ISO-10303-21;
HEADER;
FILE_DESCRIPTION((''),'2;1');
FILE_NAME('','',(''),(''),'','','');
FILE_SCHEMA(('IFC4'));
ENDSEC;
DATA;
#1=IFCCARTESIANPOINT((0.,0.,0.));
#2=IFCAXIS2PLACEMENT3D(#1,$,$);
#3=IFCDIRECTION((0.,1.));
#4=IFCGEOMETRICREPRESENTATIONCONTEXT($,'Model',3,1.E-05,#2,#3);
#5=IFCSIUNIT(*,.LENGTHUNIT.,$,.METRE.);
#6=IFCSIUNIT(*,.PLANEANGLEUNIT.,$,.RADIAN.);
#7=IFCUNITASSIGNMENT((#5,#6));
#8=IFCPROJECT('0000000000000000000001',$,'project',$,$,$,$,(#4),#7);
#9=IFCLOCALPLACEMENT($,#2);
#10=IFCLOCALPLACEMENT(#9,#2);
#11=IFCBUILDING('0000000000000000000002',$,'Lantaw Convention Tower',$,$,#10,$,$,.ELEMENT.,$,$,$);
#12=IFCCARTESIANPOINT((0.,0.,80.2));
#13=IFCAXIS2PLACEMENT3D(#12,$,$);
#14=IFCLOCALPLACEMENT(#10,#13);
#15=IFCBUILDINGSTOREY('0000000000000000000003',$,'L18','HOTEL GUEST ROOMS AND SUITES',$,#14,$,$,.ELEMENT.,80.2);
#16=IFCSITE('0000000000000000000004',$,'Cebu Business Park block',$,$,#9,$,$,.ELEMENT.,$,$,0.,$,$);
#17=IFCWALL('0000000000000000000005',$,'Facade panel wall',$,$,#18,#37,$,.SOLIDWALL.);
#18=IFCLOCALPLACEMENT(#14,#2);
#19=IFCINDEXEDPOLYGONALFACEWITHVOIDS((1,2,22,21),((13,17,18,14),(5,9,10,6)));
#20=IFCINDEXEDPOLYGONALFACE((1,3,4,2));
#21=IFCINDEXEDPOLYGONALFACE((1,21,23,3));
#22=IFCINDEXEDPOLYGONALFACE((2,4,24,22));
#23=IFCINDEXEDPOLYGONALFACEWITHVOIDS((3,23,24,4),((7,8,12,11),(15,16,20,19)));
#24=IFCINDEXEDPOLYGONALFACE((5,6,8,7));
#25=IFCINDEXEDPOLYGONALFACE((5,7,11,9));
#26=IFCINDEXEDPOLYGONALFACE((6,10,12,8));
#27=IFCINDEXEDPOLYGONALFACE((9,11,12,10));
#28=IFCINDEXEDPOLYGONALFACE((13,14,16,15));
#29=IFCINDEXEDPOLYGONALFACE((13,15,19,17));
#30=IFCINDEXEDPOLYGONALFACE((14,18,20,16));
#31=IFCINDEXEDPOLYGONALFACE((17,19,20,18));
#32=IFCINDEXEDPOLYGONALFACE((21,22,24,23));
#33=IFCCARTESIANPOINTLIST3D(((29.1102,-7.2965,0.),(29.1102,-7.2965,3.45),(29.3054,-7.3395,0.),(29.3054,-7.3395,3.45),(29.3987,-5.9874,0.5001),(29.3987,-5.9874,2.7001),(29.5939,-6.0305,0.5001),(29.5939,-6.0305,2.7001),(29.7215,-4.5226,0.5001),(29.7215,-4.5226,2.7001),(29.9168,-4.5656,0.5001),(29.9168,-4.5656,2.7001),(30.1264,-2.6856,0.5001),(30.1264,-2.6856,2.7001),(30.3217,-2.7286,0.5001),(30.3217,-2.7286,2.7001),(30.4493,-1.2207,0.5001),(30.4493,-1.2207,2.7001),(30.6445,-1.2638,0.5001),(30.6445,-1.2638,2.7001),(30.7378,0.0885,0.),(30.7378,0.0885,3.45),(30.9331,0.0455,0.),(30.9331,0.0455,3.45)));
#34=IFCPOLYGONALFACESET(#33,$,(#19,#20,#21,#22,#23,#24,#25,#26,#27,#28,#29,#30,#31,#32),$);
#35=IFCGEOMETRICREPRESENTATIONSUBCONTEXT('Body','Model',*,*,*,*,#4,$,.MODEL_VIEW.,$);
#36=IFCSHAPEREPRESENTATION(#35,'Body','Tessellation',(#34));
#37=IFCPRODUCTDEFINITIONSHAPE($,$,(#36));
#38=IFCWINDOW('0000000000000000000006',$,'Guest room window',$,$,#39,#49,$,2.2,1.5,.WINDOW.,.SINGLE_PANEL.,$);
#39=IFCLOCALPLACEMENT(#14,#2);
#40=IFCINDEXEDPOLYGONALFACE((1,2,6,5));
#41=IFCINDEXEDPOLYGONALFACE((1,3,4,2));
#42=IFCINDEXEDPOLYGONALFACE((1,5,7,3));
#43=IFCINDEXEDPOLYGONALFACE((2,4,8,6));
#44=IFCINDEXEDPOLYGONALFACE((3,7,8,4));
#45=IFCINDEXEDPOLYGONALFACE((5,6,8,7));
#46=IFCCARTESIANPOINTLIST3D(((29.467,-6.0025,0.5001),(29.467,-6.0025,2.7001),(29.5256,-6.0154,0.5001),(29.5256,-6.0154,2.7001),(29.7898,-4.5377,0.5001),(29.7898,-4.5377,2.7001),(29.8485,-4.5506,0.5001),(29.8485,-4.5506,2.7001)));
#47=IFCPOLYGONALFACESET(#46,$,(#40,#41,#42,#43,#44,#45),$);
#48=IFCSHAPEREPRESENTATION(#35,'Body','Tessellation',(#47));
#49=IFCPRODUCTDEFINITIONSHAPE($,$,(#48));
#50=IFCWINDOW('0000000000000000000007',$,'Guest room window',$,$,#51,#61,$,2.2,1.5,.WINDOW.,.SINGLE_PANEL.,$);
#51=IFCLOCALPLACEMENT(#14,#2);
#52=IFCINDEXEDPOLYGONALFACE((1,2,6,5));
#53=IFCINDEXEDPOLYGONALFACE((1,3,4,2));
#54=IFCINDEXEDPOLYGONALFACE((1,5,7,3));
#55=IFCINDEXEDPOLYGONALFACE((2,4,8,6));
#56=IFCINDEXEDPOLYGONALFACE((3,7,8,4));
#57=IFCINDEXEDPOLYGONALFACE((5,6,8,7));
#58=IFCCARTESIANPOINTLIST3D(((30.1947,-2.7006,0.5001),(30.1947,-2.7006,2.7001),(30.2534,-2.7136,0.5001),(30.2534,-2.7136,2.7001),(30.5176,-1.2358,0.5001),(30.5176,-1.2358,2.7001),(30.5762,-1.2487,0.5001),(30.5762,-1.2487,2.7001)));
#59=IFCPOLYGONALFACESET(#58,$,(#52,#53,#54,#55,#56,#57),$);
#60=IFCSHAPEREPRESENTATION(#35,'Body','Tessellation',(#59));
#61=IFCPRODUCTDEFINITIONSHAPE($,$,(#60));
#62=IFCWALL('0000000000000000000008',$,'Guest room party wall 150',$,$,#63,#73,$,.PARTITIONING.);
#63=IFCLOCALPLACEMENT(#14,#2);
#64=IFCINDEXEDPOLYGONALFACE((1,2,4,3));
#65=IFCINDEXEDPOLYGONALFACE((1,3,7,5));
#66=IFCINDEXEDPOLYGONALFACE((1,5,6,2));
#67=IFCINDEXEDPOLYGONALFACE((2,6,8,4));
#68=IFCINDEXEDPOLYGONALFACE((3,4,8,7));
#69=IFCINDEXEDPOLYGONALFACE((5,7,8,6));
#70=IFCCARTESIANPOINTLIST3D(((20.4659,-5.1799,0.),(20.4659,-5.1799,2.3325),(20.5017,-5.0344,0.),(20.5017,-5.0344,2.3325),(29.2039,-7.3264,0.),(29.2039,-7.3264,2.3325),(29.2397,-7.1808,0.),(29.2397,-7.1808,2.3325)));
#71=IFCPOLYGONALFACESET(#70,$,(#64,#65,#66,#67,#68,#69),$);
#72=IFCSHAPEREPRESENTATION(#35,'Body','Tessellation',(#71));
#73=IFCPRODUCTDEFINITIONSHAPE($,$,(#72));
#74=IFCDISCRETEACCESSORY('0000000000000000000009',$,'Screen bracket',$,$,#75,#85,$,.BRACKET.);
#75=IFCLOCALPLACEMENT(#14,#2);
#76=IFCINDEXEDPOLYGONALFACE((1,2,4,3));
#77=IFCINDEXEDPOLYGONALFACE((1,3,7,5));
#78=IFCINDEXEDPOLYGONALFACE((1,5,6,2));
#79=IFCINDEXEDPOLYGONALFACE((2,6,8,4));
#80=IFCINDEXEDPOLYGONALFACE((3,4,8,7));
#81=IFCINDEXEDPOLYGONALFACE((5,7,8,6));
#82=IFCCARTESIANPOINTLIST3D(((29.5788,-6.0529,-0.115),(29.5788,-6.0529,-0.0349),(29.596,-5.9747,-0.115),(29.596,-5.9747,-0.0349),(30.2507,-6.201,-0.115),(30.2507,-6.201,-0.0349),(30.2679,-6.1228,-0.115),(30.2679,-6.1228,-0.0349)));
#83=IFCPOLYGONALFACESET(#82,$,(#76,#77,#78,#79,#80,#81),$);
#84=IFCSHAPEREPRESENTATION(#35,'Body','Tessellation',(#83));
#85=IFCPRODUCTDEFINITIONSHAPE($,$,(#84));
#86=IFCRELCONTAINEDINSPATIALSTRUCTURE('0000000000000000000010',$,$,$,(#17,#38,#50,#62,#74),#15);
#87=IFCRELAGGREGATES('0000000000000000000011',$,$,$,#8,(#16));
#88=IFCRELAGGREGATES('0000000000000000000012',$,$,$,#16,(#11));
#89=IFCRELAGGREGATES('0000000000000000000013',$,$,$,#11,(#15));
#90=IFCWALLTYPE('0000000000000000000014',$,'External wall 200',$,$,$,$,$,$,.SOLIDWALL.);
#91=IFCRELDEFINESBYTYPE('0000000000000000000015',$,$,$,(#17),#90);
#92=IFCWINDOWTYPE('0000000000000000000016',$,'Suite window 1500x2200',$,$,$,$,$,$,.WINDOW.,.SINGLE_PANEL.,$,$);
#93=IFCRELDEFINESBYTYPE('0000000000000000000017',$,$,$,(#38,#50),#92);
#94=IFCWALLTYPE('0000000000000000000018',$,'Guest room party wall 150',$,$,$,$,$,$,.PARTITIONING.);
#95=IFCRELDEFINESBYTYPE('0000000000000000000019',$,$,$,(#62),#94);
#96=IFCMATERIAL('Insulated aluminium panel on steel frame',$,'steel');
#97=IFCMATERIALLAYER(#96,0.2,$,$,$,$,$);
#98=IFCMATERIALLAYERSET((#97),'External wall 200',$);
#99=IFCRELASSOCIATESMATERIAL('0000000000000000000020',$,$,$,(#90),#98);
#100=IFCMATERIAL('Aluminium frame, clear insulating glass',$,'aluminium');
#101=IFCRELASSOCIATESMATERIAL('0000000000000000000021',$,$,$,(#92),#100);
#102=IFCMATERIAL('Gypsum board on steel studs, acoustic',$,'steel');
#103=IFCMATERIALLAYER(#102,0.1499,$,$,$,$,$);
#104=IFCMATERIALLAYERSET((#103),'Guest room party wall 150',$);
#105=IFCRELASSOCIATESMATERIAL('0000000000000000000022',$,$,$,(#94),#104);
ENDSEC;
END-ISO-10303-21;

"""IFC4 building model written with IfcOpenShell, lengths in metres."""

from ifc_helpers import new_model, si_unit, direction, frame, frame_2d, origin, origin_2d, place, context, subcontext, project, spatial, rectangle, extrude, material, layer, layer_set, type_object, element, fill, save


model = new_model("IFC4")

# Units and contexts
model_context = context("Model", 3, precision=1e-05, world=origin(), true_north=direction((0.0, 1.0)))
body_context = subcontext(model_context, "Body", "Model", "MODEL_VIEW")
ifc_project = project(units=[si_unit("LENGTHUNIT", "METRE"), si_unit("PLANEANGLEUNIT", "RADIAN")], contexts=[model_context])

# Site, building, storey
site_placement = place(None, origin())
site = spatial("IfcSite", under=ifc_project, at=site_placement, Name="Cebu Business Park block", CompositionType="ELEMENT", RefElevation=0.0)
building_placement = place(site_placement, origin())
building = spatial("IfcBuilding", under=site, at=building_placement, Name="Lantaw Convention Tower", CompositionType="ELEMENT")
storey_placement = place(building_placement, frame((0.0, 0.0, 80.2)))
storey = spatial("IfcBuildingStorey", under=building, at=storey_placement, Name="L18", Description="HOTEL GUEST ROOMS AND SUITES", CompositionType="ELEMENT", Elevation=80.2)

# Wall, openings, windows
ifc_material_1 = material(Name="Insulated aluminium panel on steel frame", Category="steel")
ifc_layer_1 = layer(ifc_material_1, 0.2)
ifc_layer_set_1 = layer_set([ifc_layer_1], Name="External wall 200")
wall_type_1 = type_object("IfcWallType", Name="External wall 200", PredefinedType="SOLIDWALL", material=ifc_layer_set_1)
ifc_material_2 = material(Name="Aluminium frame, clear insulating glass", Category="aluminium")
window_type = type_object("IfcWindowType", Name="Suite window 1500x2200", PartitioningType="SINGLE_PANEL", PredefinedType="WINDOW", material=ifc_material_2)
wall_1_placement = place(storey_placement, frame((29.2078, -7.3181, 0.0), z_axis=(0.0, 0.0, 1.0), x_axis=(0.215238, 0.976562, 0.0)))
wall_1 = element("IfcWall", 1, at=wall_1_placement, inside=storey, type_object=wall_type_1, Name="Facade panel wall", PredefinedType="SOLIDWALL", context=body_context, shape_type="SweptSolid", body=[
    extrude(rectangle(XDim=7.5623, YDim=0.2, at=frame_2d((3.7812, 0.0))), origin(), (0.0, 0.0, 1.0), 3.45),
])
opening_1_placement = place(wall_1_placement, frame((1.3406, 0.0, 0.5)))
opening_1 = element("IfcOpeningElement", 2, at=opening_1_placement, cuts=wall_1, PredefinedType="OPENING", context=body_context, shape_type="SweptSolid", body=[
    extrude(rectangle(XDim=1.5, YDim=2.2, at=frame_2d((0.75, 1.1001))), frame((0.0, 0.1099, 0.0), z_axis=(0.0, -1.0, 0.0), x_axis=(1.0, 0.0, 0.0)), (0.0, 0.0, 1.0), 0.22),
])
opening_2_placement = place(wall_1_placement, frame((4.7217, 0.0, 0.5)))
opening_2 = element("IfcOpeningElement", 3, at=opening_2_placement, cuts=wall_1, PredefinedType="OPENING", context=body_context, shape_type="SweptSolid", body=[
    extrude(rectangle(XDim=1.5, YDim=2.2, at=frame_2d((0.75, 1.1001))), frame((0.0, 0.1099, 0.0), z_axis=(0.0, -1.0, 0.0), x_axis=(1.0, 0.0, 0.0)), (0.0, 0.0, 1.0), 0.22),
])
window_1_placement = place(opening_1_placement, origin())
window_1 = element("IfcWindow", 4, at=window_1_placement, inside=storey, type_object=window_type, Name="Guest room window", OverallHeight=2.2, OverallWidth=1.5, PartitioningType="SINGLE_PANEL", PredefinedType="WINDOW", context=body_context, shape_type="SweptSolid", body=[
    extrude(rectangle(XDim=1.5, YDim=2.2, at=frame_2d((0.75, 1.1001))), frame((0.0, 0.03, 0.0), z_axis=(0.0, -1.0, 0.0), x_axis=(1.0, 0.0, 0.0)), (0.0, 0.0, 1.0), 0.0601),
])
fill(opening_1, window_1)
window_2_placement = place(opening_2_placement, origin())
window_2 = element("IfcWindow", 5, at=window_2_placement, inside=storey, type_object=window_type, Name="Guest room window", OverallHeight=2.2, OverallWidth=1.5, PartitioningType="SINGLE_PANEL", PredefinedType="WINDOW", context=body_context, shape_type="SweptSolid", body=[
    extrude(rectangle(XDim=1.5, YDim=2.2, at=frame_2d((0.75, 1.1001))), frame((0.0, 0.03, 0.0), z_axis=(0.0, -1.0, 0.0), x_axis=(1.0, 0.0, 0.0)), (0.0, 0.0, 1.0), 0.0601),
])
fill(opening_2, window_2)

# Wall
ifc_material_3 = material(Name="Gypsum board on steel studs, acoustic", Category="steel")
ifc_layer_2 = layer(ifc_material_3, 0.1499)
ifc_layer_set_2 = layer_set([ifc_layer_2], Name="Guest room party wall 150")
wall_type_2 = type_object("IfcWallType", Name="Guest room party wall 150", PredefinedType="PARTITIONING", material=ifc_layer_set_2)
wall_2_placement = place(storey_placement, frame((29.2219, -7.2537, 0.0), z_axis=(0.0, 0.0, 1.0), x_axis=(-0.971129, 0.238556, 0.0)))
element("IfcWall", 6, at=wall_2_placement, inside=storey, type_object=wall_type_2, Name="Guest room party wall 150", PredefinedType="PARTITIONING", context=body_context, shape_type="SweptSolid", body=[
    extrude(rectangle(XDim=8.9978, YDim=0.1499, at=frame_2d((4.499, 0.0))), origin(), (0.0, 0.0, 1.0), 2.3325),
])

# Discrete accessory
discrete_accessory_placement = place(storey_placement, frame((29.9233, -6.0879, -0.115), z_axis=(0.0, 0.0, 1.0), x_axis=(0.215246, 0.97656, 0.0)))
element("IfcDiscreteAccessory", 7, at=discrete_accessory_placement, inside=storey, Name="Screen bracket", PredefinedType="BRACKET", context=body_context, shape_type="SweptSolid", body=[
    extrude(rectangle(XDim=0.0801, YDim=0.688, at=origin_2d()), origin(), (0.0, 0.0, 1.0), 0.0801),
])

save(model, "model.ifc")
